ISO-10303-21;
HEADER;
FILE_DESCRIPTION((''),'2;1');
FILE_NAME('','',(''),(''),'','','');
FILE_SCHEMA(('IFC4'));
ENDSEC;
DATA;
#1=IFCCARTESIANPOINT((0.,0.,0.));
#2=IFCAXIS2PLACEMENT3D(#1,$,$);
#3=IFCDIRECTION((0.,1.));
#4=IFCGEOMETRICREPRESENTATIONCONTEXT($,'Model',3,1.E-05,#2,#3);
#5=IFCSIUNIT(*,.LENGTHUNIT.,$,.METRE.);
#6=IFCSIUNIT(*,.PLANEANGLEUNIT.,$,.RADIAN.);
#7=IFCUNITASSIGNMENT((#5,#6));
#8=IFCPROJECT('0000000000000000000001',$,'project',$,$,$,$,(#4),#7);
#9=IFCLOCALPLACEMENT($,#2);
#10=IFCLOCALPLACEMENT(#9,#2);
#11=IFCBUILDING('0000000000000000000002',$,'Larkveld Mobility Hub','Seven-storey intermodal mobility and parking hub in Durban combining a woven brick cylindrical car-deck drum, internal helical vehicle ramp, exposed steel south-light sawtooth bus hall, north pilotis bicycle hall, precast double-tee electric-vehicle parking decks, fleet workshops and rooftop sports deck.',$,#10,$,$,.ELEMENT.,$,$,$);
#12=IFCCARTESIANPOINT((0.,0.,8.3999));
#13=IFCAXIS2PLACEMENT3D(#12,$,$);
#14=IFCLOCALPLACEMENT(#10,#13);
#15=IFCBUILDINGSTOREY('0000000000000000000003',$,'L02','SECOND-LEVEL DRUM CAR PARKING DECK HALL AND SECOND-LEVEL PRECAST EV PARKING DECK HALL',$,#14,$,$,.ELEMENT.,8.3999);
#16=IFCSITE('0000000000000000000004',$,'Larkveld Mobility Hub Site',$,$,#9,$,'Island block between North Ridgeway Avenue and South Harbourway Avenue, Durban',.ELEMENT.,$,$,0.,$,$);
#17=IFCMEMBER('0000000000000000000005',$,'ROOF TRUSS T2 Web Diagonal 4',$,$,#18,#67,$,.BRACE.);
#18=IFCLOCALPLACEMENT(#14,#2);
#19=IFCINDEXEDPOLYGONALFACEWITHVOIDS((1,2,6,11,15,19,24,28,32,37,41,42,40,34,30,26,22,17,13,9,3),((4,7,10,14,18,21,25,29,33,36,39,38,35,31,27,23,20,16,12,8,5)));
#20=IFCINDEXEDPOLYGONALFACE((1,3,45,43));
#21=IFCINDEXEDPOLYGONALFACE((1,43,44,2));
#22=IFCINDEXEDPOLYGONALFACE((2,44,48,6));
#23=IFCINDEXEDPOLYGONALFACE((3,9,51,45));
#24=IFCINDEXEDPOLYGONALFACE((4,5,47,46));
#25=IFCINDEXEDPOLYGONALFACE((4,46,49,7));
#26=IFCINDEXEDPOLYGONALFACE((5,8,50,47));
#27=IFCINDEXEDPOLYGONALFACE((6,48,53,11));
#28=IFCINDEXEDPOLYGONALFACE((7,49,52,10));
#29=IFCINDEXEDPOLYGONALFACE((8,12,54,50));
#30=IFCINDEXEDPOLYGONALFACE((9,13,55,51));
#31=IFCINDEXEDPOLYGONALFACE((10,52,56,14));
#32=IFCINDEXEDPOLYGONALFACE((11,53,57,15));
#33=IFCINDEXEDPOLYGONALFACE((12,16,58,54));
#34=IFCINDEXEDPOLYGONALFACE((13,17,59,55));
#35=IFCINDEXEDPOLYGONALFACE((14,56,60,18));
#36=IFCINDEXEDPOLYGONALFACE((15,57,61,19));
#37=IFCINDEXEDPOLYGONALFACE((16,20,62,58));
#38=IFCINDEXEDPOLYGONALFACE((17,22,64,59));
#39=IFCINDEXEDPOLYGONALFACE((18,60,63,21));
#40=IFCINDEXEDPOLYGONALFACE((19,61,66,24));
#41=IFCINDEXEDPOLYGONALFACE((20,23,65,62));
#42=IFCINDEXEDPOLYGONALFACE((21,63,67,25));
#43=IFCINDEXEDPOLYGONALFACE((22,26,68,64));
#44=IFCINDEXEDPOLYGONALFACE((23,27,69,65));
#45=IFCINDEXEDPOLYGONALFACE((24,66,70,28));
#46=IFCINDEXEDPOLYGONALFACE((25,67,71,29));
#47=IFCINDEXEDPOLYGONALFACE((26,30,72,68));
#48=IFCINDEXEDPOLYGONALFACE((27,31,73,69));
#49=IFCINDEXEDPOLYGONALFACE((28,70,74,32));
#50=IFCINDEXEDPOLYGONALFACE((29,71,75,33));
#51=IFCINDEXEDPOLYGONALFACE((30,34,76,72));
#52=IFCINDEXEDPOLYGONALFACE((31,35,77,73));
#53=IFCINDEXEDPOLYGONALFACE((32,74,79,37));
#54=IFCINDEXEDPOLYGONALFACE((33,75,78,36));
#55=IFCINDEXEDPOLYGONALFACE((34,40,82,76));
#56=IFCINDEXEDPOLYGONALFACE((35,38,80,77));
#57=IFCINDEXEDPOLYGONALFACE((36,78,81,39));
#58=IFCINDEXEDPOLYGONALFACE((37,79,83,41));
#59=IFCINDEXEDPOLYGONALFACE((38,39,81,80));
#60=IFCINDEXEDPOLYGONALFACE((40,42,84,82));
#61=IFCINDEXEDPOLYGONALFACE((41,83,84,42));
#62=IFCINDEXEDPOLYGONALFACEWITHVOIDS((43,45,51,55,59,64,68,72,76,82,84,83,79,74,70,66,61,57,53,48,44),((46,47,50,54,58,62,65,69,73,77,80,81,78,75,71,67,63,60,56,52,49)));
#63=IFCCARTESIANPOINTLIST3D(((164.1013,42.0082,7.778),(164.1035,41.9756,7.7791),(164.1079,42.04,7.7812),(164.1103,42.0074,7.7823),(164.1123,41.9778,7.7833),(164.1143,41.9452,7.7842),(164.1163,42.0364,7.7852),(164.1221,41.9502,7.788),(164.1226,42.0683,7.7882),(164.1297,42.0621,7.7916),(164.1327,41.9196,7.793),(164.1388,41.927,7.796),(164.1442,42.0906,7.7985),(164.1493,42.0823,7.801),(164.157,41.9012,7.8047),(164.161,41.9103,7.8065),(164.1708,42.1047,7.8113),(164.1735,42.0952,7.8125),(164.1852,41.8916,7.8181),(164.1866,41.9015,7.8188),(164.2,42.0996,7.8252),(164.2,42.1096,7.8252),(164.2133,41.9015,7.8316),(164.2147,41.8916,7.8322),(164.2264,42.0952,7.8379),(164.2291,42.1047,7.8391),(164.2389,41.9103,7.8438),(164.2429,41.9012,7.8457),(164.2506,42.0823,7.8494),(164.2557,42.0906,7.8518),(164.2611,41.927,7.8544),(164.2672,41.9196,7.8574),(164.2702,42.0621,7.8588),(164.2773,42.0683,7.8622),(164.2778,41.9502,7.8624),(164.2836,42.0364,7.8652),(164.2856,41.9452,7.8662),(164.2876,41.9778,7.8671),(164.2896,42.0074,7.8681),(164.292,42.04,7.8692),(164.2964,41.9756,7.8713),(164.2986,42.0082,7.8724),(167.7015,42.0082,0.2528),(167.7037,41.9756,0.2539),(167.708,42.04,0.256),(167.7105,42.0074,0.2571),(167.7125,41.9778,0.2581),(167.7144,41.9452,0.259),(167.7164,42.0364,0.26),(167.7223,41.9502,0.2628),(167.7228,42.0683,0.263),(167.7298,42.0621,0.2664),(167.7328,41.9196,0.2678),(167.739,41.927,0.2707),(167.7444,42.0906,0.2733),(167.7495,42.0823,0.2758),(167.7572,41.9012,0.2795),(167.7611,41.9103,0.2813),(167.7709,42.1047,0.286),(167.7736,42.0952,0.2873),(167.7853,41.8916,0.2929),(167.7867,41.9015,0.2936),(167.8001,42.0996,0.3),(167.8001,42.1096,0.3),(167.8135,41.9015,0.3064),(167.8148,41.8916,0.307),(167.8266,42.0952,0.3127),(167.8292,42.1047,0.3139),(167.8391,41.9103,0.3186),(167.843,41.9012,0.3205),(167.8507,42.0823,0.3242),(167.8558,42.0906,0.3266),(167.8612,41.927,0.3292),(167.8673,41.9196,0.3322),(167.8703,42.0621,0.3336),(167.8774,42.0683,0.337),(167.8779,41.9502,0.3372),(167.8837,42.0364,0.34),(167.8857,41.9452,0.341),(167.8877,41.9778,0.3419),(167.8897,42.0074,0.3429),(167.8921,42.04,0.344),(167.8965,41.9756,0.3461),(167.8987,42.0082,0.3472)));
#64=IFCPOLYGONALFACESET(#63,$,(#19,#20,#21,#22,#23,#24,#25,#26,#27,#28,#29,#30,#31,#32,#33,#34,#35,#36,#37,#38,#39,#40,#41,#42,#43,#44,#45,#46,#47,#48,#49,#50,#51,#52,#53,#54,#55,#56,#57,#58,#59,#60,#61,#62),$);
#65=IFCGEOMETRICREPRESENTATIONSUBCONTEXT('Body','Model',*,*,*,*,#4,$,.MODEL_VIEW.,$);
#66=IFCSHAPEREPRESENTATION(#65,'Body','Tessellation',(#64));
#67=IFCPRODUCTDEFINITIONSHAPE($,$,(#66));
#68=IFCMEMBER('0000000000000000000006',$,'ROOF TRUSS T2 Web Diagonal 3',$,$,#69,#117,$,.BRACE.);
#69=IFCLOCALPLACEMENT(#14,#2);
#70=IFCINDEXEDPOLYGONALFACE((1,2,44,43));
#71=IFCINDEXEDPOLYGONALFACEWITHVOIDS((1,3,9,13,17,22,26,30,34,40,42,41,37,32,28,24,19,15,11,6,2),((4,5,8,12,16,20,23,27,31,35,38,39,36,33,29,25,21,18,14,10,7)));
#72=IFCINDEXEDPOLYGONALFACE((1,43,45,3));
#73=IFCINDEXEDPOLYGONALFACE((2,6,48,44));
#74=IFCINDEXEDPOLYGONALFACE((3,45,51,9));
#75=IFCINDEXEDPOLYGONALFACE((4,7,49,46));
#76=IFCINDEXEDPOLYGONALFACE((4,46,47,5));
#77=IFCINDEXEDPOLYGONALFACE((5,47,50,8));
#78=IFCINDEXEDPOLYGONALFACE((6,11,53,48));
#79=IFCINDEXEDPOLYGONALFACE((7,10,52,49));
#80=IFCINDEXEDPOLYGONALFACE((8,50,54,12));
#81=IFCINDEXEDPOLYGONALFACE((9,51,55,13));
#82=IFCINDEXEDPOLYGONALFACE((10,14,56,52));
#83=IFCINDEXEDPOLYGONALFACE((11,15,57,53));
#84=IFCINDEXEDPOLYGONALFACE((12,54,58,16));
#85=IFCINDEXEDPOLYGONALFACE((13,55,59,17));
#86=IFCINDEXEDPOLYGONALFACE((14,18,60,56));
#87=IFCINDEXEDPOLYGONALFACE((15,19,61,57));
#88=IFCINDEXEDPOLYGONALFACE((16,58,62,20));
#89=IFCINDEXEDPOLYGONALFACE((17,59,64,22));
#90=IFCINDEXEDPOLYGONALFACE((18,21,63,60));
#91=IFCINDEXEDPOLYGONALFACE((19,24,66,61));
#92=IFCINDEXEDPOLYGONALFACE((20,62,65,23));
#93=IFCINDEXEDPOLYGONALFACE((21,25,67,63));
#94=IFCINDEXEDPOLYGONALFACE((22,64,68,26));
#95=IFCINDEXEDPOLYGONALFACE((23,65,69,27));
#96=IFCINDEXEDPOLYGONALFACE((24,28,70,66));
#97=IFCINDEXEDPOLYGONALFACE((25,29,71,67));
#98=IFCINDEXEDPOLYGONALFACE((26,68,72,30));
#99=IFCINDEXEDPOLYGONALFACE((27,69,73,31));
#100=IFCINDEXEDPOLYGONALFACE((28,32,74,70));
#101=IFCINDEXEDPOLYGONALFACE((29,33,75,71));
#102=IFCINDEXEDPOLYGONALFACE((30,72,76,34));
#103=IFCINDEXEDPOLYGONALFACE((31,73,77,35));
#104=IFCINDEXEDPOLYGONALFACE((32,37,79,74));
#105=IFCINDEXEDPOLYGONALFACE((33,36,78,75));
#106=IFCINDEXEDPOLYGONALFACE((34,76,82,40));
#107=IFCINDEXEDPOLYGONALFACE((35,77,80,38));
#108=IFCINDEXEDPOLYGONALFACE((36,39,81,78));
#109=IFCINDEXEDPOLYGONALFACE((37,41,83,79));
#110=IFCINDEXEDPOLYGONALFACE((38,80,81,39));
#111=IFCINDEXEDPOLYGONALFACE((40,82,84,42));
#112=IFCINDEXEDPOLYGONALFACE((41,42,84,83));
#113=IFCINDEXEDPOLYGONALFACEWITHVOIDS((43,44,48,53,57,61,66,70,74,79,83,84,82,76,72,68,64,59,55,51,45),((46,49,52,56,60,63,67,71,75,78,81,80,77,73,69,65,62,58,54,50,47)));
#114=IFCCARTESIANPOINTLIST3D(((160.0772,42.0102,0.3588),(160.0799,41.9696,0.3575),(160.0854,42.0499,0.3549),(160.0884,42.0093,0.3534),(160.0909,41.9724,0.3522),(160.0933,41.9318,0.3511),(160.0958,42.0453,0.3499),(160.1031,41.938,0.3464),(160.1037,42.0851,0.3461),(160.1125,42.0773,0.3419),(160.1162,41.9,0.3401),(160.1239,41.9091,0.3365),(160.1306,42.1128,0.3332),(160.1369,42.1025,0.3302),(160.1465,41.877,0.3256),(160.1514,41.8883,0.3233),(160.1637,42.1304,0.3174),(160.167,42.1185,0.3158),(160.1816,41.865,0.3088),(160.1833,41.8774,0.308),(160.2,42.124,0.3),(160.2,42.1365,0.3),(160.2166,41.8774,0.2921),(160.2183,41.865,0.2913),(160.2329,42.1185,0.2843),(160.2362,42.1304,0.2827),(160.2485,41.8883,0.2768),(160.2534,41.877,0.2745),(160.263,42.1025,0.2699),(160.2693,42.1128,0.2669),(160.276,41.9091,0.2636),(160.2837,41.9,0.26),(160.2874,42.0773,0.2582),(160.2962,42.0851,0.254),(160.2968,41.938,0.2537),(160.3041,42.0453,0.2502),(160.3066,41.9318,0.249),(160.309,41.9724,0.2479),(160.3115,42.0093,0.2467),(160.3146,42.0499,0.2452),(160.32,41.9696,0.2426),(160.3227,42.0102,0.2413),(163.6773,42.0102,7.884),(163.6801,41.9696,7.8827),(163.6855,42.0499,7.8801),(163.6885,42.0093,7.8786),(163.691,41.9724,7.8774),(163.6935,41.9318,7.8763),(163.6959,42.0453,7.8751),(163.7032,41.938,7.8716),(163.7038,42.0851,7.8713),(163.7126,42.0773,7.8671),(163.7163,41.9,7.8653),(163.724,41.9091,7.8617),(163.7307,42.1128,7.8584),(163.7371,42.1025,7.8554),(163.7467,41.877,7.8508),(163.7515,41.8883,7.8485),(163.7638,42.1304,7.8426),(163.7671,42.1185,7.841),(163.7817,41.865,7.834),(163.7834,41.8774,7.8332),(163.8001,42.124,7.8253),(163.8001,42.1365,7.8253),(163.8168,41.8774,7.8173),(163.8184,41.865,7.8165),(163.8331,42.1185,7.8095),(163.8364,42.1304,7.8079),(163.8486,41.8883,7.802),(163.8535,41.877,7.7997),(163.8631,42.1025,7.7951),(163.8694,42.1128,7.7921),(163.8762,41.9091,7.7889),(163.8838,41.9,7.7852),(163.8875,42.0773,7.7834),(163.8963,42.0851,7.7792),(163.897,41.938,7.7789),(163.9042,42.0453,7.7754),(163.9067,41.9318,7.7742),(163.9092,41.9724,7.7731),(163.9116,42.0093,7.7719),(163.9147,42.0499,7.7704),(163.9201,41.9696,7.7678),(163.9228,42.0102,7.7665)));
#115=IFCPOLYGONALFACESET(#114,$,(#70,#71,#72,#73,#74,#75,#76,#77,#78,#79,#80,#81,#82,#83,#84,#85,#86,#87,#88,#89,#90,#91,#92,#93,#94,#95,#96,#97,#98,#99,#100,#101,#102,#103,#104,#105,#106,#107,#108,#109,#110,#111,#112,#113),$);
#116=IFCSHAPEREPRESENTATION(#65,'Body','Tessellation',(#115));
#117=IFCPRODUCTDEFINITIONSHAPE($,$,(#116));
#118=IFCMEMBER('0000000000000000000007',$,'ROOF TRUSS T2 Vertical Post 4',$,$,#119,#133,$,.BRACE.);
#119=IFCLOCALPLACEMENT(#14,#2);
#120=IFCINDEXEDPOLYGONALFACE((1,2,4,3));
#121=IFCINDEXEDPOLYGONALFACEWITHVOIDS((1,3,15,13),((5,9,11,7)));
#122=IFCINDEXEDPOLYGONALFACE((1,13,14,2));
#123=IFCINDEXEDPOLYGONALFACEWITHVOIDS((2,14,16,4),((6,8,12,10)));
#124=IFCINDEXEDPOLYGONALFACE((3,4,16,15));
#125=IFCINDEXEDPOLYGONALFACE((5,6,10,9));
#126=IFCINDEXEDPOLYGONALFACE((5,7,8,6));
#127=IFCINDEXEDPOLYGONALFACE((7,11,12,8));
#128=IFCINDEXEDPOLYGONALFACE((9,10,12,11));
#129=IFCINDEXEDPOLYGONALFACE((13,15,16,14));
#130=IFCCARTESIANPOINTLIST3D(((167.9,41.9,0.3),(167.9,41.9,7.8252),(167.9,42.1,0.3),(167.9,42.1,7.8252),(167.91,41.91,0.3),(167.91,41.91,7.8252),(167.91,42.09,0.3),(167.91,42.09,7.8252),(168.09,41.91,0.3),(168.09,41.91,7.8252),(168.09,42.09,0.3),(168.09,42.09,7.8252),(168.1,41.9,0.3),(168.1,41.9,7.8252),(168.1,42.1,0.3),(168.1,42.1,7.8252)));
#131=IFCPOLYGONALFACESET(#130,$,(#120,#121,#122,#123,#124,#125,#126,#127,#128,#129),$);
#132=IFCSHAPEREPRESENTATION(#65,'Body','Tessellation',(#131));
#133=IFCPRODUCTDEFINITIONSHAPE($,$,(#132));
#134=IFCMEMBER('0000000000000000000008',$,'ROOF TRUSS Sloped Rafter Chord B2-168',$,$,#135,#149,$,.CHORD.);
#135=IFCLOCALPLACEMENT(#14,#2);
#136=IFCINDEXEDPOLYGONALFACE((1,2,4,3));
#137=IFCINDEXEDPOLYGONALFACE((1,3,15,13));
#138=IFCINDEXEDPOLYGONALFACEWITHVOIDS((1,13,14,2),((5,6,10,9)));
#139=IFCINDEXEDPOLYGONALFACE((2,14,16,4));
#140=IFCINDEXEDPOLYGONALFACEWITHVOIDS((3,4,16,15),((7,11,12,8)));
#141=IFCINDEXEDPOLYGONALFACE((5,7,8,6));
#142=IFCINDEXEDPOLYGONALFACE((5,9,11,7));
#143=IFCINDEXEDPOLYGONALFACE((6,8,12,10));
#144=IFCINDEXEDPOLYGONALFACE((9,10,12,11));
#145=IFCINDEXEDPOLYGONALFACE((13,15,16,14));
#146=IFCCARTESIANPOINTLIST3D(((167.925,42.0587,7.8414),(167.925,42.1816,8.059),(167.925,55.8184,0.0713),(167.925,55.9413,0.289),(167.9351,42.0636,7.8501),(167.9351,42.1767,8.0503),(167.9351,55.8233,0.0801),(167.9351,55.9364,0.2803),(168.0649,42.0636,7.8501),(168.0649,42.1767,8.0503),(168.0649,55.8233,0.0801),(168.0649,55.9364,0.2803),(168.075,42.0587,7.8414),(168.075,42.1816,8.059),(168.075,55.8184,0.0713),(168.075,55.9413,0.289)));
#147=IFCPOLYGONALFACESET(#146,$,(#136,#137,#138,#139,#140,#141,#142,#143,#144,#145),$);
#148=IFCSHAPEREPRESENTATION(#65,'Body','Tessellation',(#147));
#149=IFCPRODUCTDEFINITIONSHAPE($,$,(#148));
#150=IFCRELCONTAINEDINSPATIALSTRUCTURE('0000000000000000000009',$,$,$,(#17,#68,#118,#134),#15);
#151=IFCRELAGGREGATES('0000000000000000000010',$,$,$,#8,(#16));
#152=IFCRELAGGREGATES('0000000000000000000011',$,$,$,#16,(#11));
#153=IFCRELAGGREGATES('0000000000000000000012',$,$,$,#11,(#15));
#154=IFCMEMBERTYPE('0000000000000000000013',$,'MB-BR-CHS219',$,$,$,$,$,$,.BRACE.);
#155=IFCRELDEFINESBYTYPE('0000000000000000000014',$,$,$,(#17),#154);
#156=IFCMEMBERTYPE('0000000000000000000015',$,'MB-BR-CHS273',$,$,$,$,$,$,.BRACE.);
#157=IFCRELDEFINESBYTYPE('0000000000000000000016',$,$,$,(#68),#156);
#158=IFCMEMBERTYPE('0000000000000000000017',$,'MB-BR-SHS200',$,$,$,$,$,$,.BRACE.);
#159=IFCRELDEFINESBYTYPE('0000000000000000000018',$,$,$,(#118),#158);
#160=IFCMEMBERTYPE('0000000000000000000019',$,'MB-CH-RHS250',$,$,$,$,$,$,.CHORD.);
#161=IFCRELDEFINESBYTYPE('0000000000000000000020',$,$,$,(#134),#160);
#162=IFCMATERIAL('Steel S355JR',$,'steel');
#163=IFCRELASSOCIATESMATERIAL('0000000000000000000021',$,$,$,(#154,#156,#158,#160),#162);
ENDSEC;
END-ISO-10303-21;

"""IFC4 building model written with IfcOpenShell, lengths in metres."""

from ifc_helpers import new_model, si_unit, direction, frame, origin, origin_2d, place, context, subcontext, project, spatial, hollow_rectangle, hollow_circle, extrude, material, material_profile, profile_set, type_object, element, save


model = new_model("IFC4")

# Units and contexts
model_context = context("Model", 3, precision=1e-05, world=origin(), true_north=direction((0.0, 1.0)))
body_context = subcontext(model_context, "Body", "Model", "MODEL_VIEW")
ifc_project = project(units=[si_unit("LENGTHUNIT", "METRE"), si_unit("PLANEANGLEUNIT", "RADIAN")], contexts=[model_context])

# Site, building, storey
site_placement = place(None, origin())
site = spatial("IfcSite", under=ifc_project, at=site_placement, Name="Larkveld Mobility Hub Site", LongName="Island block between North Ridgeway Avenue and South Harbourway Avenue, Durban", CompositionType="ELEMENT", RefElevation=0.0)
building_placement = place(site_placement, origin())
building = spatial("IfcBuilding", under=site, at=building_placement, Name="Larkveld Mobility Hub", Description="Seven-storey intermodal mobility and parking hub in Durban combining a woven brick cylindrical car-deck drum, internal helical vehicle ramp, exposed steel south-light sawtooth bus hall, north pilotis bicycle hall, precast double-tee electric-vehicle parking decks, fleet workshops and rooftop sports deck.", CompositionType="ELEMENT")
storey_placement = place(building_placement, frame((0.0, 0.0, 8.3999)))
storey = spatial("IfcBuildingStorey", under=building, at=storey_placement, Name="L02", Description="SECOND-LEVEL DRUM CAR PARKING DECK HALL AND SECOND-LEVEL PRECAST EV PARKING DECK HALL", CompositionType="ELEMENT", Elevation=8.3999)

# Members
ifc_material_1 = material(Name="Steel S355JR", Category="steel")
ifc_material_profile_1 = material_profile(ifc_material_1, hollow_circle(Radius=0.1096, WallThickness=0.01, at=origin_2d()), Name="CHS 219.1x10")
ifc_profile_set_1 = profile_set([ifc_material_profile_1], Name="Steel S355JR")
member_type_1 = type_object("IfcMemberType", Name="MB-BR-CHS219", PredefinedType="BRACE", material=ifc_profile_set_1)
member_1_placement = place(storey_placement, frame((164.2, 42.0, 7.8252), z_axis=(0.431564, 0.0, -0.902082), x_axis=(0.0, 1.0, 0.0)))
element("IfcMember", 1, at=member_1_placement, inside=storey, type_object=member_type_1, Name="ROOF TRUSS T2 Web Diagonal 4", PredefinedType="BRACE", context=body_context, shape_type="SweptSolid", body=[
    extrude(hollow_circle(Radius=0.1096, WallThickness=0.01, at=origin_2d()), origin(), (0.0, 0.0, 1.0), 8.342),
])
ifc_material_profile_2 = material_profile(ifc_material_1, hollow_circle(Radius=0.1365, WallThickness=0.0125, at=origin_2d()), Name="CHS 273x12.5")
ifc_profile_set_2 = profile_set([ifc_material_profile_2], Name="Steel S355JR")
member_type_2 = type_object("IfcMemberType", Name="MB-BR-CHS273", PredefinedType="BRACE", material=ifc_profile_set_2)
member_2_placement = place(storey_placement, frame((160.2, 42.0, 0.3), z_axis=(0.431564, 0.0, 0.902082), x_axis=(0.0, 1.0, 0.0)))
element("IfcMember", 2, at=member_2_placement, inside=storey, type_object=member_type_2, Name="ROOF TRUSS T2 Web Diagonal 3", PredefinedType="BRACE", context=body_context, shape_type="SweptSolid", body=[
    extrude(hollow_circle(Radius=0.1365, WallThickness=0.0125, at=origin_2d()), origin(), (0.0, 0.0, 1.0), 8.342),
])
ifc_material_profile_3 = material_profile(ifc_material_1, hollow_rectangle(XDim=0.2, YDim=0.2, WallThickness=0.01, at=origin_2d()), Name="SHS 200x200x10")
ifc_profile_set_3 = profile_set([ifc_material_profile_3], Name="Steel S355JR")
member_type_3 = type_object("IfcMemberType", Name="MB-BR-SHS200", PredefinedType="BRACE", material=ifc_profile_set_3)
member_3_placement = place(storey_placement, frame((168.0, 42.0, 0.3), z_axis=(0.0, 0.0, 1.0), x_axis=(1.0, 0.0, 0.0)))
element("IfcMember", 3, at=member_3_placement, inside=storey, type_object=member_type_3, Name="ROOF TRUSS T2 Vertical Post 4", PredefinedType="BRACE", context=body_context, shape_type="SweptSolid", body=[
    extrude(hollow_rectangle(XDim=0.2, YDim=0.2, WallThickness=0.01, at=origin_2d()), origin(), (0.0, 0.0, 1.0), 7.5251),
])
ifc_material_profile_4 = material_profile(ifc_material_1, hollow_rectangle(XDim=0.1499, YDim=0.25, WallThickness=0.01, at=origin_2d()), Name="RHS 250x150x10")
ifc_profile_set_4 = profile_set([ifc_material_profile_4], Name="Steel S355JR")
member_type_4 = type_object("IfcMemberType", Name="MB-CH-RHS250", PredefinedType="CHORD", material=ifc_profile_set_4)
member_4_placement = place(storey_placement, frame((168.0, 42.1201, 7.9502), z_axis=(0.0, 0.870759, -0.49171), x_axis=(-1.0, 0.0, 0.0)))
element("IfcMember", 4, at=member_4_placement, inside=storey, type_object=member_type_4, Name="ROOF TRUSS Sloped Rafter Chord B2-168", PredefinedType="CHORD", context=body_context, shape_type="SweptSolid", body=[
    extrude(hollow_rectangle(XDim=0.1499, YDim=0.25, WallThickness=0.01, at=origin_2d()), origin(), (0.0, 0.0, 1.0), 15.802),
])

save(model, "model.ifc")
